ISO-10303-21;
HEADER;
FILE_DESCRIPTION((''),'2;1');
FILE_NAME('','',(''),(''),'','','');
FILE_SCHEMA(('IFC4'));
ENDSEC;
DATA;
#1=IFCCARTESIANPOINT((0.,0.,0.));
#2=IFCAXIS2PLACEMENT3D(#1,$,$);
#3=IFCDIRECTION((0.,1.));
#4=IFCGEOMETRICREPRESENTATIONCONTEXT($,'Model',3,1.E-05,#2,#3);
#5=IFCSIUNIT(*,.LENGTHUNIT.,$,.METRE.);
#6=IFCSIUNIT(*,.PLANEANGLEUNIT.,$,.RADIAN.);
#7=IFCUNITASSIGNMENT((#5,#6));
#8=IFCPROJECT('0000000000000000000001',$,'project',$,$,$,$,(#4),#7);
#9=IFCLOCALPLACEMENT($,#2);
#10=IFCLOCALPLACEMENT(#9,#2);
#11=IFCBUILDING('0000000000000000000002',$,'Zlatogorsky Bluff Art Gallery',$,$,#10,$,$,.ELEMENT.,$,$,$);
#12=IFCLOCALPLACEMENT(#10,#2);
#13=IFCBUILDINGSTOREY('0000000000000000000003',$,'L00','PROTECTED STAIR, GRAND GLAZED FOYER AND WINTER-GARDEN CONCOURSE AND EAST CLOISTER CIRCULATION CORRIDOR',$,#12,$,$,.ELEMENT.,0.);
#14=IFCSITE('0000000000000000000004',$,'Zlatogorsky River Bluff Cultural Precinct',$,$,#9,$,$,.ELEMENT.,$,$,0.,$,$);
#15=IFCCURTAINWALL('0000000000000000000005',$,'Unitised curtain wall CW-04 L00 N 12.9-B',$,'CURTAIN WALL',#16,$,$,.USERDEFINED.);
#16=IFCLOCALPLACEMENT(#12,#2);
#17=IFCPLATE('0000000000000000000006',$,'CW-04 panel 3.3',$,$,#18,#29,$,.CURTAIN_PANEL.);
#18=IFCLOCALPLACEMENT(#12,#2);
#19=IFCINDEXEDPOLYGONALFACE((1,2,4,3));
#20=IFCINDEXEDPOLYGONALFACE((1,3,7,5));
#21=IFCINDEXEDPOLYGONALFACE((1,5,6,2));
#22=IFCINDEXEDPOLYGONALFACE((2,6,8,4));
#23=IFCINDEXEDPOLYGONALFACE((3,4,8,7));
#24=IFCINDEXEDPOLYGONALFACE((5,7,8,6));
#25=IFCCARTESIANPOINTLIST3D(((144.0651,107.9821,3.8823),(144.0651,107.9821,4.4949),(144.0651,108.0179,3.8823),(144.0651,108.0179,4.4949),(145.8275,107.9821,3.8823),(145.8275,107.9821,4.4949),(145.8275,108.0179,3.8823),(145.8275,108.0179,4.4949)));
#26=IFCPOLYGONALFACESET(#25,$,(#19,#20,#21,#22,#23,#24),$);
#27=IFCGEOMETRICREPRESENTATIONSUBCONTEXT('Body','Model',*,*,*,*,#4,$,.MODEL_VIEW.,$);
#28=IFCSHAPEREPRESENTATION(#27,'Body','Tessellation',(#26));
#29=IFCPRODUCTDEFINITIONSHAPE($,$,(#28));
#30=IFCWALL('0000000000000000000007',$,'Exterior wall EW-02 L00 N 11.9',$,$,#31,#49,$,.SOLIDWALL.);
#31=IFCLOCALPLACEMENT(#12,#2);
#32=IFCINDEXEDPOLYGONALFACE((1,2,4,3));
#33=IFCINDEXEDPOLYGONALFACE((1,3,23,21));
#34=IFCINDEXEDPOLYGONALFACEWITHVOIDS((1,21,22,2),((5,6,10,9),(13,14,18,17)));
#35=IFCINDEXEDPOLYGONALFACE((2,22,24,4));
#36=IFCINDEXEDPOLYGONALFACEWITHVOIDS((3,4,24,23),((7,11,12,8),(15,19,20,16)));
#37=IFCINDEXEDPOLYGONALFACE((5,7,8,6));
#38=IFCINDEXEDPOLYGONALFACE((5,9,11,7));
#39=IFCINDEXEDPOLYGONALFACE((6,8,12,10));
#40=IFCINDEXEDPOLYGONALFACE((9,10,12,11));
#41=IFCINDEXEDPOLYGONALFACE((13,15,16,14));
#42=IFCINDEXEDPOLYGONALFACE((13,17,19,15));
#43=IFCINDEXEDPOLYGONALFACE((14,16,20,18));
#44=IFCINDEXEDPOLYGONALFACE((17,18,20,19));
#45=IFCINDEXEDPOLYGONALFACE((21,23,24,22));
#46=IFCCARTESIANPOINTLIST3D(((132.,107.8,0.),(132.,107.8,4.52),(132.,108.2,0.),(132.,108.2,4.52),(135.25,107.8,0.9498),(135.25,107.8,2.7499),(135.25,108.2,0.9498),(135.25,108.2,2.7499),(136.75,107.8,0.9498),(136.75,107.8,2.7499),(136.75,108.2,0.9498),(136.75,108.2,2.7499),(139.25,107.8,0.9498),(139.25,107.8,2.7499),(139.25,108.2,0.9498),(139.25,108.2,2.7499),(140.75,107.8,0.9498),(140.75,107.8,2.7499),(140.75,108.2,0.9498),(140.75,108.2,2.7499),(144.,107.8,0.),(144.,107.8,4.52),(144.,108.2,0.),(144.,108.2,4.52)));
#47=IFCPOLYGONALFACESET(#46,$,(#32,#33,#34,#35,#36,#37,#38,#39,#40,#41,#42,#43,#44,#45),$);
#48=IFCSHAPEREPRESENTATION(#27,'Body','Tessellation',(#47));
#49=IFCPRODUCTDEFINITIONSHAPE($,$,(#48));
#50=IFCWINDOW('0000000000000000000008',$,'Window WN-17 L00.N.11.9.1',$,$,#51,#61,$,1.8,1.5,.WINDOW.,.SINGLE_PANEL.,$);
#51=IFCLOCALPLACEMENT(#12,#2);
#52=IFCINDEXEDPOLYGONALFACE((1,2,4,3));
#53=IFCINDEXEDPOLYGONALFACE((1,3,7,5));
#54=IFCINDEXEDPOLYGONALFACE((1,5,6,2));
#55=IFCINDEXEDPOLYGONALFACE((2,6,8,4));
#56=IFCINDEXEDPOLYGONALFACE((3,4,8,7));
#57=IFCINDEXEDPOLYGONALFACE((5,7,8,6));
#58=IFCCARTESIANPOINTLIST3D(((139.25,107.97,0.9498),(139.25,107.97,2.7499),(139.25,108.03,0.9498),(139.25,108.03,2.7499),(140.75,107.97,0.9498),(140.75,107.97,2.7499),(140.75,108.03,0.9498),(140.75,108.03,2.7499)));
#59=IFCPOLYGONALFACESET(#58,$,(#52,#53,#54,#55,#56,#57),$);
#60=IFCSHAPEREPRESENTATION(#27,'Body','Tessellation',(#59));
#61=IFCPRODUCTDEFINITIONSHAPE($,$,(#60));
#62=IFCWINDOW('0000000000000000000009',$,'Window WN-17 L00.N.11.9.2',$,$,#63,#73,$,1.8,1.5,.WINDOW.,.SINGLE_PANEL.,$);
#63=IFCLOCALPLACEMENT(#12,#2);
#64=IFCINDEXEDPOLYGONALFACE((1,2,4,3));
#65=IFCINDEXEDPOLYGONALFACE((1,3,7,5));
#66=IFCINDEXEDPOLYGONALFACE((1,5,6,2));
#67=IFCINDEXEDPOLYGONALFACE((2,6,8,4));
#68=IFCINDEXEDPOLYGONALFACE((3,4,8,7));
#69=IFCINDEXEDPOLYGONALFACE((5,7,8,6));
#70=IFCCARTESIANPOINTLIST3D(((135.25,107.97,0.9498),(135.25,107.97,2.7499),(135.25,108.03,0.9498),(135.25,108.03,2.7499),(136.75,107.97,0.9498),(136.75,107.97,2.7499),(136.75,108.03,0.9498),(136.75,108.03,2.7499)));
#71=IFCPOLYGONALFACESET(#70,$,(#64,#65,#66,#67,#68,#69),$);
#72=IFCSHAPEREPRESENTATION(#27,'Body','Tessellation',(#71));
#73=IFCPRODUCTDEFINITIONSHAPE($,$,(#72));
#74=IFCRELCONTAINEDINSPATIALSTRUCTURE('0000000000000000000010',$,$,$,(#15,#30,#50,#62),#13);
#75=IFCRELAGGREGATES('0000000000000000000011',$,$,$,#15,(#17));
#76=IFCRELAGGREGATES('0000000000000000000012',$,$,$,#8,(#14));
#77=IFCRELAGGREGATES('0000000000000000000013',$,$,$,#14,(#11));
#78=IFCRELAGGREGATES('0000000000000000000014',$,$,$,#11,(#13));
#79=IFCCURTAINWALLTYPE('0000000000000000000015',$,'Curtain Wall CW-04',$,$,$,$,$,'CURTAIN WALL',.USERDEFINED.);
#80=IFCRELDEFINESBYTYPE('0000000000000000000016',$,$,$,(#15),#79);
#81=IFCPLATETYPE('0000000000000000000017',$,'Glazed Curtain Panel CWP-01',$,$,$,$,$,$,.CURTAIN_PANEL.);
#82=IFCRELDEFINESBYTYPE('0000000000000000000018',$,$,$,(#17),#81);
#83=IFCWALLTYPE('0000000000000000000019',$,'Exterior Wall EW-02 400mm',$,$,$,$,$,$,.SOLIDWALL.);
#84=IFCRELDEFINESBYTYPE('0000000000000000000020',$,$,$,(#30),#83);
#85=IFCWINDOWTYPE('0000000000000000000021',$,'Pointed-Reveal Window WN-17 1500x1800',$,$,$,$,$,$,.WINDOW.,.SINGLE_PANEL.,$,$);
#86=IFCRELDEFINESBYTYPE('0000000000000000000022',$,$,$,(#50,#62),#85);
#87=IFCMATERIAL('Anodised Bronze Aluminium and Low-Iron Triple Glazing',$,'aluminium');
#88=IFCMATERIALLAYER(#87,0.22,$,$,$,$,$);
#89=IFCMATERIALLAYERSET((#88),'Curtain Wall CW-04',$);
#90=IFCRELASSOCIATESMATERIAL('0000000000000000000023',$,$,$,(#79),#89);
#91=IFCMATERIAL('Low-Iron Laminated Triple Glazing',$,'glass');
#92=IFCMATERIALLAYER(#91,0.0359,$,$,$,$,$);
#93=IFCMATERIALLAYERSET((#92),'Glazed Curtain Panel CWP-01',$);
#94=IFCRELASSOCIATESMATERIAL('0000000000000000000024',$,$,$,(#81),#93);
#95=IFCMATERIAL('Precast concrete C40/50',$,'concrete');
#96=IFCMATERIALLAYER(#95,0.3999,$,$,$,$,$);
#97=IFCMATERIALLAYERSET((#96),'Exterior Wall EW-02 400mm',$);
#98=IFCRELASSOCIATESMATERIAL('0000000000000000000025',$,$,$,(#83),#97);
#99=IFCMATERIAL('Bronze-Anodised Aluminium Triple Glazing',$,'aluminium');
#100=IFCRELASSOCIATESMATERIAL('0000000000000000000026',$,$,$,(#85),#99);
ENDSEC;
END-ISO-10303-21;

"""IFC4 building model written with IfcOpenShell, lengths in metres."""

from ifc_helpers import new_model, si_unit, direction, frame, frame_2d, origin, origin_2d, place, context, subcontext, project, spatial, rectangle, extrude, material, layer, layer_set, type_object, element, fill, aggregate, save


model = new_model("IFC4")

# Units and contexts
model_context = context("Model", 3, precision=1e-05, world=origin(), true_north=direction((0.0, 1.0)))
body_context = subcontext(model_context, "Body", "Model", "MODEL_VIEW")
ifc_project = project(units=[si_unit("LENGTHUNIT", "METRE"), si_unit("PLANEANGLEUNIT", "RADIAN")], contexts=[model_context])

# Site, building, storey
site_placement = place(None, origin())
site = spatial("IfcSite", under=ifc_project, at=site_placement, Name="Zlatogorsky River Bluff Cultural Precinct", CompositionType="ELEMENT", RefElevation=0.0)
building_placement = place(site_placement, origin())
building = spatial("IfcBuilding", under=site, at=building_placement, Name="Zlatogorsky Bluff Art Gallery", CompositionType="ELEMENT")
storey_placement = place(building_placement, origin())
storey = spatial("IfcBuildingStorey", under=building, at=storey_placement, Name="L00", Description="PROTECTED STAIR, GRAND GLAZED FOYER AND WINTER-GARDEN CONCOURSE AND EAST CLOISTER CIRCULATION CORRIDOR", CompositionType="ELEMENT", Elevation=0.0)

# Curtain wall, plate
ifc_material_1 = material(Name="Anodised Bronze Aluminium and Low-Iron Triple Glazing", Category="aluminium")
ifc_layer_1 = layer(ifc_material_1, 0.22)
ifc_layer_set_1 = layer_set([ifc_layer_1], Name="Curtain Wall CW-04")
curtain_wall_type = type_object("IfcCurtainWallType", Name="Curtain Wall CW-04", ElementType="CURTAIN WALL", PredefinedType="USERDEFINED", material=ifc_layer_set_1)
curtain_wall_placement = place(storey_placement, origin())
curtain_wall = element("IfcCurtainWall", 1, at=curtain_wall_placement, inside=storey, type_object=curtain_wall_type, Name="Unitised curtain wall CW-04 L00 N 12.9-B", ObjectType="CURTAIN WALL", PredefinedType="USERDEFINED")
ifc_material_2 = material(Name="Low-Iron Laminated Triple Glazing", Category="glass")
ifc_layer_2 = layer(ifc_material_2, 0.0359)
ifc_layer_set_2 = layer_set([ifc_layer_2], Name="Glazed Curtain Panel CWP-01")
plate_type = type_object("IfcPlateType", Name="Glazed Curtain Panel CWP-01", PredefinedType="CURTAIN_PANEL", material=ifc_layer_set_2)
plate_1_placement = place(storey_placement, frame((144.9463, 108.0, 3.8823), z_axis=(0.0, 0.0, 1.0), x_axis=(-1.0, 0.0, 0.0)))
plate_1 = element("IfcPlate", 2, at=plate_1_placement, type_object=plate_type, Name="CW-04 panel 3.3", PredefinedType="CURTAIN_PANEL", context=body_context, shape_type="SweptSolid", body=[
    extrude(rectangle(XDim=1.7625, YDim=0.0359, at=origin_2d()), origin(), (0.0, 0.0, 1.0), 0.6125),
])
aggregate(curtain_wall, [plate_1])

# Wall, openings, windows
ifc_material_3 = material(Name="Precast concrete C40/50", Category="concrete")
ifc_layer_3 = layer(ifc_material_3, 0.3999)
ifc_layer_set_3 = layer_set([ifc_layer_3], Name="Exterior Wall EW-02 400mm")
wall_type = type_object("IfcWallType", Name="Exterior Wall EW-02 400mm", PredefinedType="SOLIDWALL", material=ifc_layer_set_3)
wall_placement = place(storey_placement, frame((144.0, 108.0, 0.0), z_axis=(0.0, 0.0, 1.0), x_axis=(-1.0, 0.0, 0.0)))
wall = element("IfcWall", 3, at=wall_placement, inside=storey, type_object=wall_type, Name="Exterior wall EW-02 L00 N 11.9", PredefinedType="SOLIDWALL", context=body_context, shape_type="SweptSolid", body=[
    extrude(rectangle(XDim=12.0, YDim=0.3999, at=frame_2d((6.0, 0.0))), origin(), (0.0, 0.0, 1.0), 4.52),
])
opening_1_placement = place(wall_placement, frame((3.25, 0.0, 0.95)))
opening_1 = element("IfcOpeningElement", 4, at=opening_1_placement, cuts=wall, PredefinedType="OPENING", context=body_context, shape_type="SweptSolid", body=[
    extrude(rectangle(XDim=1.5, YDim=1.8, at=frame_2d((0.75, 0.8999))), frame((0.0, 0.21, 0.0), z_axis=(0.0, -1.0, 0.0), x_axis=(1.0, 0.0, 0.0)), (0.0, 0.0, 1.0), 0.4199),
])
opening_2_placement = place(wall_placement, frame((7.25, 0.0, 0.95)))
opening_2 = element("IfcOpeningElement", 5, at=opening_2_placement, cuts=wall, PredefinedType="OPENING", context=body_context, shape_type="SweptSolid", body=[
    extrude(rectangle(XDim=1.5, YDim=1.8, at=frame_2d((0.75, 0.8999))), frame((0.0, 0.21, 0.0), z_axis=(0.0, -1.0, 0.0), x_axis=(1.0, 0.0, 0.0)), (0.0, 0.0, 1.0), 0.4199),
])
ifc_material_4 = material(Name="Bronze-Anodised Aluminium Triple Glazing", Category="aluminium")
window_type = type_object("IfcWindowType", Name="Pointed-Reveal Window WN-17 1500x1800", PartitioningType="SINGLE_PANEL", PredefinedType="WINDOW", material=ifc_material_4)
window_1_placement = place(opening_1_placement, origin())
window_1 = element("IfcWindow", 6, at=window_1_placement, inside=storey, type_object=window_type, Name="Window WN-17 L00.N.11.9.1", OverallHeight=1.8, OverallWidth=1.5, PartitioningType="SINGLE_PANEL", PredefinedType="WINDOW", context=body_context, shape_type="SweptSolid", body=[
    extrude(rectangle(XDim=1.5, YDim=1.8, at=frame_2d((0.75, 0.8999))), frame((0.0, 0.03, 0.0), z_axis=(0.0, -1.0, 0.0), x_axis=(1.0, 0.0, 0.0)), (0.0, 0.0, 1.0), 0.0601),
])
fill(opening_1, window_1)
window_2_placement = place(opening_2_placement, origin())
window_2 = element("IfcWindow", 7, at=window_2_placement, inside=storey, type_object=window_type, Name="Window WN-17 L00.N.11.9.2", OverallHeight=1.8, OverallWidth=1.5, PartitioningType="SINGLE_PANEL", PredefinedType="WINDOW", context=body_context, shape_type="SweptSolid", body=[
    extrude(rectangle(XDim=1.5, YDim=1.8, at=frame_2d((0.75, 0.8999))), frame((0.0, 0.03, 0.0), z_axis=(0.0, -1.0, 0.0), x_axis=(1.0, 0.0, 0.0)), (0.0, 0.0, 1.0), 0.0601),
])
fill(opening_2, window_2)

save(model, "model.ifc")
